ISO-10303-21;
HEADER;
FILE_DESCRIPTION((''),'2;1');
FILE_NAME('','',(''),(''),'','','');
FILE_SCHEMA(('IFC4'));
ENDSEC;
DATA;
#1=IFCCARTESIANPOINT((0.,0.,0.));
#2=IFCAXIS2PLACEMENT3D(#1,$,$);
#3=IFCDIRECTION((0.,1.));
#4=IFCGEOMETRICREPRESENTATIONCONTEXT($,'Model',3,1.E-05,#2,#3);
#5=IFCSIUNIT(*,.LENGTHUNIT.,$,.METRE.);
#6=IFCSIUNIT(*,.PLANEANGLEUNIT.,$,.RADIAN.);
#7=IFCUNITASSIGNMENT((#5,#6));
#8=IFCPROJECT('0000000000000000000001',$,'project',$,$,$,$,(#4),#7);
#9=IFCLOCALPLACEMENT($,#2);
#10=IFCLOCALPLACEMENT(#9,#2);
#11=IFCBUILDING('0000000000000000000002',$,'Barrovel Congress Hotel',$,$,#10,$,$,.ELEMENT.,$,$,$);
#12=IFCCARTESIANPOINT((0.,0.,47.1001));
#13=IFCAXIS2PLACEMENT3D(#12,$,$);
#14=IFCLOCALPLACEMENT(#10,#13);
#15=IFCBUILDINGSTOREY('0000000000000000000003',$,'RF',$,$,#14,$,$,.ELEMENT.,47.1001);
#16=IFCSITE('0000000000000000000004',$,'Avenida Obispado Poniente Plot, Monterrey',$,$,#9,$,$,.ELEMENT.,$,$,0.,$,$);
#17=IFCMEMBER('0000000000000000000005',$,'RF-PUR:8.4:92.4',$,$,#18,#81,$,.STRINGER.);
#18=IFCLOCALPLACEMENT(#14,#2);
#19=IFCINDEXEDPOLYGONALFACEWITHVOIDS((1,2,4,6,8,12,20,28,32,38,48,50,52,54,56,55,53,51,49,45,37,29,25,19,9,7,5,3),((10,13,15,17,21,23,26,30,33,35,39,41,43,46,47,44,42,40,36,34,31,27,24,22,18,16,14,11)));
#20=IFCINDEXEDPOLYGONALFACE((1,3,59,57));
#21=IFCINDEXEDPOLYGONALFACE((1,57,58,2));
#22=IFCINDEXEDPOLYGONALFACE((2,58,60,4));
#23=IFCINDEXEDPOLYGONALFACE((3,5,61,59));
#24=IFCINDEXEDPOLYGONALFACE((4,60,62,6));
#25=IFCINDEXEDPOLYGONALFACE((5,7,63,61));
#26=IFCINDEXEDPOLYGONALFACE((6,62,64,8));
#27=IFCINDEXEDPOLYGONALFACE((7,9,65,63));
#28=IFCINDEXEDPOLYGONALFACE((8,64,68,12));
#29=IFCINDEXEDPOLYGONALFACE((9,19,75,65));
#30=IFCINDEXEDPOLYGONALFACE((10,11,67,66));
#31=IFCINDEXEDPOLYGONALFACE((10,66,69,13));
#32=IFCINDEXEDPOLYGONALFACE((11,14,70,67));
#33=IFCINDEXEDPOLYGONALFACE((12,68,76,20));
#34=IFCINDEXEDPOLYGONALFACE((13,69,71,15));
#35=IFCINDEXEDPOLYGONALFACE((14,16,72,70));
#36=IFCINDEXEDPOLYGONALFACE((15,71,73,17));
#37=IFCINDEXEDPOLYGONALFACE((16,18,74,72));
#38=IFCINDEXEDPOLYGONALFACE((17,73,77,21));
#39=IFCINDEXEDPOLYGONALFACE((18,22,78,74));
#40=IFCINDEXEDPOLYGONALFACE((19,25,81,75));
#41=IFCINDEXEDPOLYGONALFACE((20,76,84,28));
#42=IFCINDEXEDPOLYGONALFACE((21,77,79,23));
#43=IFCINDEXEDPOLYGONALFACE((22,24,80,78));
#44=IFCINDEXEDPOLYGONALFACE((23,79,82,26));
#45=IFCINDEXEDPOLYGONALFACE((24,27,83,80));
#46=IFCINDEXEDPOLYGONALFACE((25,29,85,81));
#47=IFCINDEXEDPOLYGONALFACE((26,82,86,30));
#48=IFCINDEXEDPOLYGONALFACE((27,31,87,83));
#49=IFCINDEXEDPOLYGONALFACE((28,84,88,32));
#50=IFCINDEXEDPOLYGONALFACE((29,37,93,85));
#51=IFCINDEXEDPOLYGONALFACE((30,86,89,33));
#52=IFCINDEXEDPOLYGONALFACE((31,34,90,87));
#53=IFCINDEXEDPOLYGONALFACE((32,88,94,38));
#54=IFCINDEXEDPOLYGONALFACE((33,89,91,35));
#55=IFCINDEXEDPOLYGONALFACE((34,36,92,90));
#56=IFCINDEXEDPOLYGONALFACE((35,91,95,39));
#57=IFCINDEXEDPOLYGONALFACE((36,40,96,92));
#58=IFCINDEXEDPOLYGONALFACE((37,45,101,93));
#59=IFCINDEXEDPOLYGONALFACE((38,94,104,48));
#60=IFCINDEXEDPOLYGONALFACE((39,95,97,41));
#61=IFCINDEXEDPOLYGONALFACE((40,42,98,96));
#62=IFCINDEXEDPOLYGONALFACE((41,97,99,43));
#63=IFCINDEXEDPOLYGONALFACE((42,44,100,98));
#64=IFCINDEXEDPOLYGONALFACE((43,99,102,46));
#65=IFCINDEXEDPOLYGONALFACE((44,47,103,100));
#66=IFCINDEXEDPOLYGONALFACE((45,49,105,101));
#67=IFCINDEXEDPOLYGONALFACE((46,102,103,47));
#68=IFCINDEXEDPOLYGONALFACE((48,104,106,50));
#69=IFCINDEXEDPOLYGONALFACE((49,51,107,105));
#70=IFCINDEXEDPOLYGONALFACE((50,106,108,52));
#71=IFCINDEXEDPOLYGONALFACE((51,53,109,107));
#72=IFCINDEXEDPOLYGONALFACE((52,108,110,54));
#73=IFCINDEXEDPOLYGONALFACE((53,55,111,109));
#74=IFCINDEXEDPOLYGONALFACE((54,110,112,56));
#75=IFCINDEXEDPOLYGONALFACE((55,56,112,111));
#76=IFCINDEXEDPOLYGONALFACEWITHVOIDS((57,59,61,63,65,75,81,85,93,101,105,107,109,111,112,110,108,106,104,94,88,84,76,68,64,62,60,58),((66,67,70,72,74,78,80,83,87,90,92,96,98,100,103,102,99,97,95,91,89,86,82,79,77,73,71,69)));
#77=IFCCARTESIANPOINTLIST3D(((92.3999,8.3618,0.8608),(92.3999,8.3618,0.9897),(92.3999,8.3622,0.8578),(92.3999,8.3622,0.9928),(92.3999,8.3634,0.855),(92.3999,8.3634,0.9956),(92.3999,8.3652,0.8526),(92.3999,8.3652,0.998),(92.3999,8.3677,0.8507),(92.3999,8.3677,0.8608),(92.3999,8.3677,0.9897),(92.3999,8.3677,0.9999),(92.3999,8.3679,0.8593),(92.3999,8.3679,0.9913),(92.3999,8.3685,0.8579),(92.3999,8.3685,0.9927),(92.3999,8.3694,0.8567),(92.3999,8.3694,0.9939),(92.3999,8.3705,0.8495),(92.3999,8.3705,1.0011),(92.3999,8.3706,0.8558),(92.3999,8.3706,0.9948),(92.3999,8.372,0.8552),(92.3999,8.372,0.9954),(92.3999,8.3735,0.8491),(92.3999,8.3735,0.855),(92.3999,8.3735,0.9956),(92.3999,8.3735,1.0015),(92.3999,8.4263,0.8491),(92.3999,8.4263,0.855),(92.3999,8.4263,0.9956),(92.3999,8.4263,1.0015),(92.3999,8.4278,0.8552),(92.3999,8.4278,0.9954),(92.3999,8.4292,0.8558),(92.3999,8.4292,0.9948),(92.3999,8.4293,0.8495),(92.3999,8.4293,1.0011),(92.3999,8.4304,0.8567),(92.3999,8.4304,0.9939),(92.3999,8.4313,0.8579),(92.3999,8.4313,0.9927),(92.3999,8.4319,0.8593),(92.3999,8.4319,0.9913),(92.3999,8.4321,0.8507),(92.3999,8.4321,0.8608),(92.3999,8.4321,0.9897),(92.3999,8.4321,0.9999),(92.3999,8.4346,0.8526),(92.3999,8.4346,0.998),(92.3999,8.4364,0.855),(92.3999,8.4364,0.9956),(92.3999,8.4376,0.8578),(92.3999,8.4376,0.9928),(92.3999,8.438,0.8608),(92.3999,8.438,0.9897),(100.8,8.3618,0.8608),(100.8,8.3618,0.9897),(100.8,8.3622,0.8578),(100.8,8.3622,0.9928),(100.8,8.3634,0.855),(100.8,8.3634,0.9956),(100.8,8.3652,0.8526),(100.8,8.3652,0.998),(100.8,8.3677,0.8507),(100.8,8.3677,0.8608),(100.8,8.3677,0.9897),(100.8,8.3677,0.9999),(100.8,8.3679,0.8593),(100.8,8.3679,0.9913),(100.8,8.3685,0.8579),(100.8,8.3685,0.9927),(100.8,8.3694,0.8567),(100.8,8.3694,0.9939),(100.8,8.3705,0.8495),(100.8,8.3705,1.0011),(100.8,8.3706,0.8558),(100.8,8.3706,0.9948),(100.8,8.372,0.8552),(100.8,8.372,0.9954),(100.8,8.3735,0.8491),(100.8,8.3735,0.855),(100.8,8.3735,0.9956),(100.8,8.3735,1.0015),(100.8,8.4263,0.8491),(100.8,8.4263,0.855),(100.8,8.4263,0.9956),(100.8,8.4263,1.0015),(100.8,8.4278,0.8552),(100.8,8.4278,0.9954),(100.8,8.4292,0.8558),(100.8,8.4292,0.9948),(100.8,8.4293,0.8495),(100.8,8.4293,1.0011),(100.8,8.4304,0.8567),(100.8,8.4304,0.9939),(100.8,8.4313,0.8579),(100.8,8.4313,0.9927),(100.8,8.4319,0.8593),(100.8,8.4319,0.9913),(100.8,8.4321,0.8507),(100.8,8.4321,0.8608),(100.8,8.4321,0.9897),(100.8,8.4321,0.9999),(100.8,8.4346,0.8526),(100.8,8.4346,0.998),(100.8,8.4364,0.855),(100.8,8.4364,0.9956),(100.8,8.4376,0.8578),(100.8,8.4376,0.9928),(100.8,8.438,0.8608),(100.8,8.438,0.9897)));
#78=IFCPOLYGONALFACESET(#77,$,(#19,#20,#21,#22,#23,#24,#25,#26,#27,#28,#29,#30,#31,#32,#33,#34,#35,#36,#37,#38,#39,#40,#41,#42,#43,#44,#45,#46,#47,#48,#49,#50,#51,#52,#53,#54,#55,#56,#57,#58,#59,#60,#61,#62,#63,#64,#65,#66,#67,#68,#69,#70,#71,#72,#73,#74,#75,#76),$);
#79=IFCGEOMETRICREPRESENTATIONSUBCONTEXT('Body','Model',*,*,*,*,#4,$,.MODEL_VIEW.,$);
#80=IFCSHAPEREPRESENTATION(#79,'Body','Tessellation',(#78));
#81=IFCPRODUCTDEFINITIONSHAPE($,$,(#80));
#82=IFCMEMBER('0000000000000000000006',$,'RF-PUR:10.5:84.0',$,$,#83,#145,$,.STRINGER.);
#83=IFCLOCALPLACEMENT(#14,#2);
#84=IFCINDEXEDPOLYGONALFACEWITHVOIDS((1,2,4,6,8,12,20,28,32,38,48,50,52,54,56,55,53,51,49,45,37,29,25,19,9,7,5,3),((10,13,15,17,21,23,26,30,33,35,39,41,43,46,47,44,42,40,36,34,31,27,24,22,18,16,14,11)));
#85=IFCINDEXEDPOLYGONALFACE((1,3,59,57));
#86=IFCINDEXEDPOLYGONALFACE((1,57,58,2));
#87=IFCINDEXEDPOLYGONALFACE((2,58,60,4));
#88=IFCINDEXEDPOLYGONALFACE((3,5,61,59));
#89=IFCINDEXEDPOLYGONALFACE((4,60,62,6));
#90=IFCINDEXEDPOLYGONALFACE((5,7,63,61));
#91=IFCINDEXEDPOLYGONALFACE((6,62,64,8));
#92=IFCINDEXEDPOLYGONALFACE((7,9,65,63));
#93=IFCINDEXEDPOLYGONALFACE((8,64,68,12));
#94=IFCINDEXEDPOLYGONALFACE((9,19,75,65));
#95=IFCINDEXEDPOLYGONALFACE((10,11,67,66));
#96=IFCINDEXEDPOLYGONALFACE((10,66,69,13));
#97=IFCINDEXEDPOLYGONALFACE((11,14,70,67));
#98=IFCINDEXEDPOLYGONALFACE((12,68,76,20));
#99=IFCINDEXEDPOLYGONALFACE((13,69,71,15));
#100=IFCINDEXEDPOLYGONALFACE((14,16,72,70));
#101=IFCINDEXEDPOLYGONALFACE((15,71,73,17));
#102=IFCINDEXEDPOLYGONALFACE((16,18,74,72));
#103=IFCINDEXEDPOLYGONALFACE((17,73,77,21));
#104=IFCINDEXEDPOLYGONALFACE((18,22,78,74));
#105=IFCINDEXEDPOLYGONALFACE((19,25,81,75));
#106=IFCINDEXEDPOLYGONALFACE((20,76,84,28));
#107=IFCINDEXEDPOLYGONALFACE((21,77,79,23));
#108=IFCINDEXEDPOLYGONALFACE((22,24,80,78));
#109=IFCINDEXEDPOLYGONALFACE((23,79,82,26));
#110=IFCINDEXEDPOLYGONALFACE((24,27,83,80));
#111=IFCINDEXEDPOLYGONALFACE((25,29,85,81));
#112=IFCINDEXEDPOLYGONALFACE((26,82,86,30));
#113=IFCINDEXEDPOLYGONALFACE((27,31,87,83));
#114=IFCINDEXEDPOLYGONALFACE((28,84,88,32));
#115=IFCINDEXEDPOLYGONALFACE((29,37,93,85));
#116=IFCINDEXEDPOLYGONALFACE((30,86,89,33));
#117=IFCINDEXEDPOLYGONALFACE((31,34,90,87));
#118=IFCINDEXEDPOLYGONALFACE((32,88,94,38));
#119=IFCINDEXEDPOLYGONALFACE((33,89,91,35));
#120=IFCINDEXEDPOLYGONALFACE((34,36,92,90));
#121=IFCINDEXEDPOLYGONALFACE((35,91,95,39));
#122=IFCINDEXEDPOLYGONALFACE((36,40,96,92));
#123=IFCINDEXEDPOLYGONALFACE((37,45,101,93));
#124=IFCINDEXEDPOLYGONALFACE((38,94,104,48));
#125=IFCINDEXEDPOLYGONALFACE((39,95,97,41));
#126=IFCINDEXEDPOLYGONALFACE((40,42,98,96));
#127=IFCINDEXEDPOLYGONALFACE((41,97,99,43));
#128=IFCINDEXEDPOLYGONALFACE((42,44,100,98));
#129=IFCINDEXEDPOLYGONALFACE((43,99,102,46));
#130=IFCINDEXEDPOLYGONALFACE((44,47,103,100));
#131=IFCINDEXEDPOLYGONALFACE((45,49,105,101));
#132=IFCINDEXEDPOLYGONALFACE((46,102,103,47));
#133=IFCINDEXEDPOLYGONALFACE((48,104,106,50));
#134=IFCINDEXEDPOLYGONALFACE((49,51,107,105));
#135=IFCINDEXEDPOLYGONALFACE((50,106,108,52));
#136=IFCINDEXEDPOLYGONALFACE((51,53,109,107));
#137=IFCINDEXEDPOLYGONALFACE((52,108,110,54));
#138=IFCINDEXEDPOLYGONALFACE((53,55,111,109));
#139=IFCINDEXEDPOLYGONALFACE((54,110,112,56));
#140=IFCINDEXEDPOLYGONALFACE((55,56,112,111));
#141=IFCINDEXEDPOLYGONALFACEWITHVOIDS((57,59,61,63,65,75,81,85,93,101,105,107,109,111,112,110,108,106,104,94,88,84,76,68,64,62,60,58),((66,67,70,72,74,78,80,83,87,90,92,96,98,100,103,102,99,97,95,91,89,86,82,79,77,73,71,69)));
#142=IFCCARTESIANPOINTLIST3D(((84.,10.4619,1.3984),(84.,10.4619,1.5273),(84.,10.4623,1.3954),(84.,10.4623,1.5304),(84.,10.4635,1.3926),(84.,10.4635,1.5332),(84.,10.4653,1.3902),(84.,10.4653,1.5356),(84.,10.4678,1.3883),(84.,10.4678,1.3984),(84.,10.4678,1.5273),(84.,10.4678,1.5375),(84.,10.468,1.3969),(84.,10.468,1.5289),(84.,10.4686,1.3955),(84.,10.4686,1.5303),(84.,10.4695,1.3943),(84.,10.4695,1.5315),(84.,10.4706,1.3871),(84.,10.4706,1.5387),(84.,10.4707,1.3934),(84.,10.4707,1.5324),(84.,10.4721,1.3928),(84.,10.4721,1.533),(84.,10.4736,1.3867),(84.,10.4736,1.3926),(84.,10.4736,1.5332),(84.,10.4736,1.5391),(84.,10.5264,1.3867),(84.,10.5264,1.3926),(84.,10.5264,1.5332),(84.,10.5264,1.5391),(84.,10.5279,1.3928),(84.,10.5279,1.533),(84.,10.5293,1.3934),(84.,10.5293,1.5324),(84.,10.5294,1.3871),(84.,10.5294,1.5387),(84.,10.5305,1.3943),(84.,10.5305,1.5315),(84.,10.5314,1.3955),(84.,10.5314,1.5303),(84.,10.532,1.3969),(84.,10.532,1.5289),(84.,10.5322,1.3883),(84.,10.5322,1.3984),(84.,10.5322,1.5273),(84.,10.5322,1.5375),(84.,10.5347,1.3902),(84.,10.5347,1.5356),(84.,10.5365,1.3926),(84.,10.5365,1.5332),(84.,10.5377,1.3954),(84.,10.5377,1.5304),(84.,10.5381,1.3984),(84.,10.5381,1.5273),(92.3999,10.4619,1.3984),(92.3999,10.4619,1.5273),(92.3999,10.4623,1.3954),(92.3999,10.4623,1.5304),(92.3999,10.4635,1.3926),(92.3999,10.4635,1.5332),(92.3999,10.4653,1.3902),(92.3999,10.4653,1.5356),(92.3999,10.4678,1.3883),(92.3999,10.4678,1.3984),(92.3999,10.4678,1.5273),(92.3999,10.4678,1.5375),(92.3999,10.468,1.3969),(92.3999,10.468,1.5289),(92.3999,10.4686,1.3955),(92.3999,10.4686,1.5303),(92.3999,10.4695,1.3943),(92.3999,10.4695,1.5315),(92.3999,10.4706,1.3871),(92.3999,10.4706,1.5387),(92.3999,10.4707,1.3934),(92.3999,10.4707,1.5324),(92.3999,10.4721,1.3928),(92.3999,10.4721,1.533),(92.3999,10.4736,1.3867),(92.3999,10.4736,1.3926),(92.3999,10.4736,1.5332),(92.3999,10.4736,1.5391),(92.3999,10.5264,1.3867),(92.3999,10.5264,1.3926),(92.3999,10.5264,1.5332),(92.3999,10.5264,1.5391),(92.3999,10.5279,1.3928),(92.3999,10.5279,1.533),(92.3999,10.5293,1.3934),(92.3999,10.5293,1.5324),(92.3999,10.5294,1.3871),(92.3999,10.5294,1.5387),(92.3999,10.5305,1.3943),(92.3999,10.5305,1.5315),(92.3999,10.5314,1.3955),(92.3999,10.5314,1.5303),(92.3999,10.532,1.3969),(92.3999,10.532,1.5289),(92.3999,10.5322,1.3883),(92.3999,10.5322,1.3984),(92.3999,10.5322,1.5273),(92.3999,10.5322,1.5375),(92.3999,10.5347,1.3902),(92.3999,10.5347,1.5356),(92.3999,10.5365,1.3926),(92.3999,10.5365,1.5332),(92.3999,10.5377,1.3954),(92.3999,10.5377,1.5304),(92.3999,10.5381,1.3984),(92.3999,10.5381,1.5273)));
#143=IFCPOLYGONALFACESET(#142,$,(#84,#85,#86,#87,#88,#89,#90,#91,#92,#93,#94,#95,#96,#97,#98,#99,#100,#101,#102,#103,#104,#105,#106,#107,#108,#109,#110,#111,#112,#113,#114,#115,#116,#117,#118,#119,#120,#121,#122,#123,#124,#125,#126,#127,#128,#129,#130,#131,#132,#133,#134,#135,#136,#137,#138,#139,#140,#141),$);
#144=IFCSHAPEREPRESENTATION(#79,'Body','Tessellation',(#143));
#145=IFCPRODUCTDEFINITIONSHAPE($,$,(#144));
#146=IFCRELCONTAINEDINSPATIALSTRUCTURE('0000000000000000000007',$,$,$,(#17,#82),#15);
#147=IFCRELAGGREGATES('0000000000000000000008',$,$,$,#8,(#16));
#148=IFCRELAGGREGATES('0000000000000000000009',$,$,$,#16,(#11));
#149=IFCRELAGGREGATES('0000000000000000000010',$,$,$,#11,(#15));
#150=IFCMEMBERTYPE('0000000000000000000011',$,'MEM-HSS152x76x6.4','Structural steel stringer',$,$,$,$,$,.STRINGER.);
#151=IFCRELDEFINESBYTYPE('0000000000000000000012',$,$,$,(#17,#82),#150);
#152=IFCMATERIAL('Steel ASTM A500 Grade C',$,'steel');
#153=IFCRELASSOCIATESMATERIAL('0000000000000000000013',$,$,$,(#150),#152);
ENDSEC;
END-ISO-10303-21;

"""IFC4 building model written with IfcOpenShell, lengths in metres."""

from ifc_helpers import new_model, si_unit, direction, frame, origin, origin_2d, place, context, subcontext, project, spatial, hollow_rectangle, extrude, material, material_profile, profile_set, type_object, element, save


model = new_model("IFC4")

# Units and contexts
model_context = context("Model", 3, precision=1e-05, world=origin(), true_north=direction((0.0, 1.0)))
body_context = subcontext(model_context, "Body", "Model", "MODEL_VIEW")
ifc_project = project(units=[si_unit("LENGTHUNIT", "METRE"), si_unit("PLANEANGLEUNIT", "RADIAN")], contexts=[model_context])

# Site, building, storey
site_placement = place(None, origin())
site = spatial("IfcSite", under=ifc_project, at=site_placement, Name="Avenida Obispado Poniente Plot, Monterrey", CompositionType="ELEMENT", RefElevation=0.0)
building_placement = place(site_placement, origin())
building = spatial("IfcBuilding", under=site, at=building_placement, Name="Barrovel Congress Hotel", CompositionType="ELEMENT")
storey_placement = place(building_placement, frame((0.0, 0.0, 47.1001)))
storey = spatial("IfcBuildingStorey", under=building, at=storey_placement, Name="RF", CompositionType="ELEMENT", Elevation=47.1001)

# Members
ifc_material_1 = material(Name="Steel ASTM A500 Grade C", Category="steel")
ifc_material_profile_1 = material_profile(ifc_material_1, hollow_rectangle(XDim=0.0762, YDim=0.1523, WallThickness=0.0059, InnerFilletRadius=0.0059, OuterFilletRadius=0.0117, at=origin_2d()), Name="HSS152x76x6.4")
ifc_profile_set_1 = profile_set([ifc_material_profile_1], Name="Steel ASTM A500 Grade C")
member_type_1 = type_object("IfcMemberType", Name="MEM-HSS152x76x6.4", Description="Structural steel stringer", PredefinedType="STRINGER", material=ifc_profile_set_1)
member_1_placement = place(storey_placement, frame((92.3999, 8.3999, 0.9253), z_axis=(1.0, 0.0, 0.0), x_axis=(0.0, 1.0, 0.0)))
element("IfcMember", 1, at=member_1_placement, inside=storey, type_object=member_type_1, Name="RF-PUR:8.4:92.4", PredefinedType="STRINGER", context=body_context, shape_type="SweptSolid", body=[
    extrude(hollow_rectangle(XDim=0.0762, YDim=0.1523, WallThickness=0.0059, InnerFilletRadius=0.0059, OuterFilletRadius=0.0117, at=origin_2d()), origin(), (0.0, 0.0, 1.0), 8.4001),
])
member_2_placement = place(storey_placement, frame((84.0, 10.5, 1.4629), z_axis=(1.0, 0.0, 0.0), x_axis=(0.0, 1.0, 0.0)))
element("IfcMember", 2, at=member_2_placement, inside=storey, type_object=member_type_1, Name="RF-PUR:10.5:84.0", PredefinedType="STRINGER", context=body_context, shape_type="SweptSolid", body=[
    extrude(hollow_rectangle(XDim=0.0762, YDim=0.1523, WallThickness=0.0059, InnerFilletRadius=0.0059, OuterFilletRadius=0.0117, at=origin_2d()), origin(), (0.0, 0.0, 1.0), 8.3999),
])

save(model, "model.ifc")
